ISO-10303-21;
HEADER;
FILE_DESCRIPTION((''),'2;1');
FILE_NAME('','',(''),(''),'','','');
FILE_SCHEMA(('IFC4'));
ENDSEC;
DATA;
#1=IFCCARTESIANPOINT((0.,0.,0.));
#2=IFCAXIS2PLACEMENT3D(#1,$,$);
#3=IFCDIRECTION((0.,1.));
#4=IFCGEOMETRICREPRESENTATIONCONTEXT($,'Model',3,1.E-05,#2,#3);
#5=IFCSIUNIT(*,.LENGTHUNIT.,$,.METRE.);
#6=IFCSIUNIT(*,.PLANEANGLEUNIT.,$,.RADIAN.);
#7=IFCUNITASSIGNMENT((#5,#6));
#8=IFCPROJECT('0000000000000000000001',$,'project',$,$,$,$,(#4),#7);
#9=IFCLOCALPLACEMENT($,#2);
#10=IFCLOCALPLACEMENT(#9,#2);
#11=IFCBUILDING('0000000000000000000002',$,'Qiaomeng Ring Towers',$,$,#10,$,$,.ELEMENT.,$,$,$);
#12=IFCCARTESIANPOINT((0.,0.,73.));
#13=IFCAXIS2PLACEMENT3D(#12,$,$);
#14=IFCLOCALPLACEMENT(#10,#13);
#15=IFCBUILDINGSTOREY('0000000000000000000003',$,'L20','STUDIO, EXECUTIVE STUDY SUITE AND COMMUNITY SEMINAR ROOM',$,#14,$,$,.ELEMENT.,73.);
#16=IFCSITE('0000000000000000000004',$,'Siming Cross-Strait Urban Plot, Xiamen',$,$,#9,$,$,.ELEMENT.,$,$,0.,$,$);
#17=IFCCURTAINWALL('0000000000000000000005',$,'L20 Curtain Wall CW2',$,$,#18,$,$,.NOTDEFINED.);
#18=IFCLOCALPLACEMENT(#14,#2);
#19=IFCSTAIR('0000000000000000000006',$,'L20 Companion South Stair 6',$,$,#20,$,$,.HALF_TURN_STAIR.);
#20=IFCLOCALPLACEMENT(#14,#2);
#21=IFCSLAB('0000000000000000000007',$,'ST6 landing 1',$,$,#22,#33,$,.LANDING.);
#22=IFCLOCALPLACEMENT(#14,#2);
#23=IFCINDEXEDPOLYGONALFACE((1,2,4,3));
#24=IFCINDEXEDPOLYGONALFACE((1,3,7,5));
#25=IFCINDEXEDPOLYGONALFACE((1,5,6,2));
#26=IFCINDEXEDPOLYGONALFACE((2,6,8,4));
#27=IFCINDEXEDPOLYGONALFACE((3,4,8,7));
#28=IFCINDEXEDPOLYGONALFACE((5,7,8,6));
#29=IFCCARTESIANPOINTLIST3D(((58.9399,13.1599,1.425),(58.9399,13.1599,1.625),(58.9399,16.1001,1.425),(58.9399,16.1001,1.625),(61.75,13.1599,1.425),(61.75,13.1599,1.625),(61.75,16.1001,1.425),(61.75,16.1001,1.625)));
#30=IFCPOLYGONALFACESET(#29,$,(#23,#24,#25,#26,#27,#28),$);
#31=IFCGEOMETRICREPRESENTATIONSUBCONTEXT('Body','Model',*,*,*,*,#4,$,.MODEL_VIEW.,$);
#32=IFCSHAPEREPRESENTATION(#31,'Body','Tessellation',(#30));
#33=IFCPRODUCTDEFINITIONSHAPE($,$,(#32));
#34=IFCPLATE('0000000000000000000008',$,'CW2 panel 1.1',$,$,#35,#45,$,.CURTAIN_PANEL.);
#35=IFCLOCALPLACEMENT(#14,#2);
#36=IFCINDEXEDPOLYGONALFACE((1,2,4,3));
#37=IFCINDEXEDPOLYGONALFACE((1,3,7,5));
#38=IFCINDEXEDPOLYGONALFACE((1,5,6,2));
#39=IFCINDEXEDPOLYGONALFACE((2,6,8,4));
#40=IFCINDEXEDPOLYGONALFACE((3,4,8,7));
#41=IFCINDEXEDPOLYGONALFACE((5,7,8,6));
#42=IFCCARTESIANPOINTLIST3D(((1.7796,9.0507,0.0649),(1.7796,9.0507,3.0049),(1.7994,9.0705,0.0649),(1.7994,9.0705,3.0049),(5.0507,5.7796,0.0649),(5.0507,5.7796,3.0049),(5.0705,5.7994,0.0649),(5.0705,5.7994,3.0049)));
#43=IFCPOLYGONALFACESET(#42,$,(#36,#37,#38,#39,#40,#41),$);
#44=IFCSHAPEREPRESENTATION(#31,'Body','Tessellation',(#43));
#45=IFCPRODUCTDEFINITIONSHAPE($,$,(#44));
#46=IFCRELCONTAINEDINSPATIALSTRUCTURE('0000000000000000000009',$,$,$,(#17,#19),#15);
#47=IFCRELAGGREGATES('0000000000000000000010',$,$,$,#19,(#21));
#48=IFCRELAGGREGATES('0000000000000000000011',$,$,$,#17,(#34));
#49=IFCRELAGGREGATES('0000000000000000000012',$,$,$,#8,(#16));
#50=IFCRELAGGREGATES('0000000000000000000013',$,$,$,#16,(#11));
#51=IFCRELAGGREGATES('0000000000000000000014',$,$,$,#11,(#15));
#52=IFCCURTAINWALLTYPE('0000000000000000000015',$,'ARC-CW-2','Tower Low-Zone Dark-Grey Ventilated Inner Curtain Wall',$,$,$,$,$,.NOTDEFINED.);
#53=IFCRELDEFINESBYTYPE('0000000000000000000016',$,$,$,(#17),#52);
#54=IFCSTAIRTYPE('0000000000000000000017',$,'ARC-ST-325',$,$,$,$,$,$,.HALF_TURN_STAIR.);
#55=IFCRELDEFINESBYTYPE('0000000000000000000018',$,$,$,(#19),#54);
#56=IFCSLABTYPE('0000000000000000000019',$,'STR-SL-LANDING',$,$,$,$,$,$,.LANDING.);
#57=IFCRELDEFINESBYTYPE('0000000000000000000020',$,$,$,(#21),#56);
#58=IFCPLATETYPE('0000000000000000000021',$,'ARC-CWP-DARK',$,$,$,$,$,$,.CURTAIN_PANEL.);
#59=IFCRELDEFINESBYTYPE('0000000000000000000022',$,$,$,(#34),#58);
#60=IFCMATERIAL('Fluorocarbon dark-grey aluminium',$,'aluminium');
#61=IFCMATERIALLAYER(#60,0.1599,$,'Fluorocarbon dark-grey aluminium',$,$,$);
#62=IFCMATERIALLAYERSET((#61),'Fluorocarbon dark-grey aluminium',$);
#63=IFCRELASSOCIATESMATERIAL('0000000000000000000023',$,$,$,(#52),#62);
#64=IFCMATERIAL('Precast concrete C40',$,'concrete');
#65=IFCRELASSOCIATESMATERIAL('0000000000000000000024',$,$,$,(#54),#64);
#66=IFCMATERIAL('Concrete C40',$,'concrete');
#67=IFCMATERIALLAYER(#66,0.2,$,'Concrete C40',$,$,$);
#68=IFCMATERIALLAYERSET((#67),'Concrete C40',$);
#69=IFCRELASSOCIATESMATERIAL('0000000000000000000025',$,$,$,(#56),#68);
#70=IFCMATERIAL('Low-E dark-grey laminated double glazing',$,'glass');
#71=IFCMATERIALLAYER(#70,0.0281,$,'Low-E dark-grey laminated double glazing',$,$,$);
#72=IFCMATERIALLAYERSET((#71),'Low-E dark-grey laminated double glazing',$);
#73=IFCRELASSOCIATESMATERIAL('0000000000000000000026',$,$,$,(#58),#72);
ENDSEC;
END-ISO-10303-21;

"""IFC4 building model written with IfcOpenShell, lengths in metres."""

from ifc_helpers import new_model, si_unit, direction, frame, origin, origin_2d, place, context, subcontext, project, spatial, polyline, rectangle, outline, extrude, source, transform, mapped, material, layer, layer_set, type_object, element, aggregate, save


model = new_model("IFC4")

# Units and contexts
model_context = context("Model", 3, precision=1e-05, world=origin(), true_north=direction((0.0, 1.0)))
body_context = subcontext(model_context, "Body", "Model", "MODEL_VIEW")
ifc_project = project(units=[si_unit("LENGTHUNIT", "METRE"), si_unit("PLANEANGLEUNIT", "RADIAN")], contexts=[model_context])

# Site, building, storey
site_placement = place(None, origin())
site = spatial("IfcSite", under=ifc_project, at=site_placement, Name="Siming Cross-Strait Urban Plot, Xiamen", CompositionType="ELEMENT", RefElevation=0.0)
building_placement = place(site_placement, origin())
building = spatial("IfcBuilding", under=site, at=building_placement, Name="Qiaomeng Ring Towers", CompositionType="ELEMENT")
storey_placement = place(building_placement, frame((0.0, 0.0, 73.0)))
storey = spatial("IfcBuildingStorey", under=building, at=storey_placement, Name="L20", Description="STUDIO, EXECUTIVE STUDY SUITE AND COMMUNITY SEMINAR ROOM", CompositionType="ELEMENT", Elevation=73.0)

# Curtain wall
ifc_material_1 = material(Name="Fluorocarbon dark-grey aluminium", Category="aluminium")
ifc_layer_1 = layer(ifc_material_1, 0.1599, Name="Fluorocarbon dark-grey aluminium")
ifc_layer_set_1 = layer_set([ifc_layer_1], Name="Fluorocarbon dark-grey aluminium")
curtain_wall_type = type_object("IfcCurtainWallType", Name="ARC-CW-2", Description="Tower Low-Zone Dark-Grey Ventilated Inner Curtain Wall", PredefinedType="NOTDEFINED", material=ifc_layer_set_1)
curtain_wall_placement = place(storey_placement, origin())
curtain_wall = element("IfcCurtainWall", 1, at=curtain_wall_placement, inside=storey, type_object=curtain_wall_type, Name="L20 Curtain Wall CW2", PredefinedType="NOTDEFINED")

# Stair, slab
ifc_material_2 = material(Name="Precast concrete C40", Category="concrete")
stair_type = type_object("IfcStairType", Name="ARC-ST-325", PredefinedType="HALF_TURN_STAIR", material=ifc_material_2)
stair_placement = place(storey_placement, origin())
stair = element("IfcStair", 2, at=stair_placement, inside=storey, type_object=stair_type, Name="L20 Companion South Stair 6", PredefinedType="HALF_TURN_STAIR")
ifc_material_3 = material(Name="Concrete C40", Category="concrete")
ifc_layer_2 = layer(ifc_material_3, 0.2, Name="Concrete C40")
ifc_layer_set_2 = layer_set([ifc_layer_2], Name="Concrete C40")
slab_type = type_object("IfcSlabType", Name="STR-SL-LANDING", PredefinedType="LANDING", material=ifc_layer_set_2)
slab_placement = place(storey_placement, frame((0.0, 0.0, 1.425)))
slab = element("IfcSlab", 3, at=slab_placement, type_object=slab_type, Name="ST6 landing 1", PredefinedType="LANDING", context=body_context, shape_type="SweptSolid", body=[
    extrude(outline(polyline([(58.9399, 13.1599), (61.75, 13.1599), (61.75, 16.1001), (58.9399, 16.1001), (58.9399, 13.1599)])), origin(), (0.0, 0.0, 1.0), 0.2),
])
aggregate(stair, [slab])

# Plate
ifc_material_4 = material(Name="Low-E dark-grey laminated double glazing", Category="glass")
ifc_layer_3 = layer(ifc_material_4, 0.0281, Name="Low-E dark-grey laminated double glazing")
ifc_layer_set_3 = layer_set([ifc_layer_3], Name="Low-E dark-grey laminated double glazing")
plate_type = type_object("IfcPlateType", Name="ARC-CWP-DARK", PredefinedType="CURTAIN_PANEL", material=ifc_layer_set_3)
shared_shape_1 = source(origin(), body_context, "Body", "SweptSolid", [
    extrude(rectangle(XDim=4.626, YDim=0.0281, at=origin_2d()), origin(), (0.0, 0.0, 1.0), 2.9399),
])
plate_placement = place(storey_placement, frame((3.425, 7.425, 0.0649), z_axis=(0.0, 0.0, 1.0), x_axis=(0.707107, -0.707107, 0.0)))
plate = element("IfcPlate", 4, at=plate_placement, type_object=plate_type, Name="CW2 panel 1.1", PredefinedType="CURTAIN_PANEL", context=body_context, shape_type="MappedRepresentation", body=[
    mapped(shared_shape_1, transform((0.0, 0.0, 0.0), x_axis=(1.0, 0.0, 0.0), y_axis=(0.0, 1.0, 0.0), z_axis=(0.0, 0.0, 1.0), scale=1.0)),
])
aggregate(curtain_wall, [plate])

save(model, "model.ifc")
